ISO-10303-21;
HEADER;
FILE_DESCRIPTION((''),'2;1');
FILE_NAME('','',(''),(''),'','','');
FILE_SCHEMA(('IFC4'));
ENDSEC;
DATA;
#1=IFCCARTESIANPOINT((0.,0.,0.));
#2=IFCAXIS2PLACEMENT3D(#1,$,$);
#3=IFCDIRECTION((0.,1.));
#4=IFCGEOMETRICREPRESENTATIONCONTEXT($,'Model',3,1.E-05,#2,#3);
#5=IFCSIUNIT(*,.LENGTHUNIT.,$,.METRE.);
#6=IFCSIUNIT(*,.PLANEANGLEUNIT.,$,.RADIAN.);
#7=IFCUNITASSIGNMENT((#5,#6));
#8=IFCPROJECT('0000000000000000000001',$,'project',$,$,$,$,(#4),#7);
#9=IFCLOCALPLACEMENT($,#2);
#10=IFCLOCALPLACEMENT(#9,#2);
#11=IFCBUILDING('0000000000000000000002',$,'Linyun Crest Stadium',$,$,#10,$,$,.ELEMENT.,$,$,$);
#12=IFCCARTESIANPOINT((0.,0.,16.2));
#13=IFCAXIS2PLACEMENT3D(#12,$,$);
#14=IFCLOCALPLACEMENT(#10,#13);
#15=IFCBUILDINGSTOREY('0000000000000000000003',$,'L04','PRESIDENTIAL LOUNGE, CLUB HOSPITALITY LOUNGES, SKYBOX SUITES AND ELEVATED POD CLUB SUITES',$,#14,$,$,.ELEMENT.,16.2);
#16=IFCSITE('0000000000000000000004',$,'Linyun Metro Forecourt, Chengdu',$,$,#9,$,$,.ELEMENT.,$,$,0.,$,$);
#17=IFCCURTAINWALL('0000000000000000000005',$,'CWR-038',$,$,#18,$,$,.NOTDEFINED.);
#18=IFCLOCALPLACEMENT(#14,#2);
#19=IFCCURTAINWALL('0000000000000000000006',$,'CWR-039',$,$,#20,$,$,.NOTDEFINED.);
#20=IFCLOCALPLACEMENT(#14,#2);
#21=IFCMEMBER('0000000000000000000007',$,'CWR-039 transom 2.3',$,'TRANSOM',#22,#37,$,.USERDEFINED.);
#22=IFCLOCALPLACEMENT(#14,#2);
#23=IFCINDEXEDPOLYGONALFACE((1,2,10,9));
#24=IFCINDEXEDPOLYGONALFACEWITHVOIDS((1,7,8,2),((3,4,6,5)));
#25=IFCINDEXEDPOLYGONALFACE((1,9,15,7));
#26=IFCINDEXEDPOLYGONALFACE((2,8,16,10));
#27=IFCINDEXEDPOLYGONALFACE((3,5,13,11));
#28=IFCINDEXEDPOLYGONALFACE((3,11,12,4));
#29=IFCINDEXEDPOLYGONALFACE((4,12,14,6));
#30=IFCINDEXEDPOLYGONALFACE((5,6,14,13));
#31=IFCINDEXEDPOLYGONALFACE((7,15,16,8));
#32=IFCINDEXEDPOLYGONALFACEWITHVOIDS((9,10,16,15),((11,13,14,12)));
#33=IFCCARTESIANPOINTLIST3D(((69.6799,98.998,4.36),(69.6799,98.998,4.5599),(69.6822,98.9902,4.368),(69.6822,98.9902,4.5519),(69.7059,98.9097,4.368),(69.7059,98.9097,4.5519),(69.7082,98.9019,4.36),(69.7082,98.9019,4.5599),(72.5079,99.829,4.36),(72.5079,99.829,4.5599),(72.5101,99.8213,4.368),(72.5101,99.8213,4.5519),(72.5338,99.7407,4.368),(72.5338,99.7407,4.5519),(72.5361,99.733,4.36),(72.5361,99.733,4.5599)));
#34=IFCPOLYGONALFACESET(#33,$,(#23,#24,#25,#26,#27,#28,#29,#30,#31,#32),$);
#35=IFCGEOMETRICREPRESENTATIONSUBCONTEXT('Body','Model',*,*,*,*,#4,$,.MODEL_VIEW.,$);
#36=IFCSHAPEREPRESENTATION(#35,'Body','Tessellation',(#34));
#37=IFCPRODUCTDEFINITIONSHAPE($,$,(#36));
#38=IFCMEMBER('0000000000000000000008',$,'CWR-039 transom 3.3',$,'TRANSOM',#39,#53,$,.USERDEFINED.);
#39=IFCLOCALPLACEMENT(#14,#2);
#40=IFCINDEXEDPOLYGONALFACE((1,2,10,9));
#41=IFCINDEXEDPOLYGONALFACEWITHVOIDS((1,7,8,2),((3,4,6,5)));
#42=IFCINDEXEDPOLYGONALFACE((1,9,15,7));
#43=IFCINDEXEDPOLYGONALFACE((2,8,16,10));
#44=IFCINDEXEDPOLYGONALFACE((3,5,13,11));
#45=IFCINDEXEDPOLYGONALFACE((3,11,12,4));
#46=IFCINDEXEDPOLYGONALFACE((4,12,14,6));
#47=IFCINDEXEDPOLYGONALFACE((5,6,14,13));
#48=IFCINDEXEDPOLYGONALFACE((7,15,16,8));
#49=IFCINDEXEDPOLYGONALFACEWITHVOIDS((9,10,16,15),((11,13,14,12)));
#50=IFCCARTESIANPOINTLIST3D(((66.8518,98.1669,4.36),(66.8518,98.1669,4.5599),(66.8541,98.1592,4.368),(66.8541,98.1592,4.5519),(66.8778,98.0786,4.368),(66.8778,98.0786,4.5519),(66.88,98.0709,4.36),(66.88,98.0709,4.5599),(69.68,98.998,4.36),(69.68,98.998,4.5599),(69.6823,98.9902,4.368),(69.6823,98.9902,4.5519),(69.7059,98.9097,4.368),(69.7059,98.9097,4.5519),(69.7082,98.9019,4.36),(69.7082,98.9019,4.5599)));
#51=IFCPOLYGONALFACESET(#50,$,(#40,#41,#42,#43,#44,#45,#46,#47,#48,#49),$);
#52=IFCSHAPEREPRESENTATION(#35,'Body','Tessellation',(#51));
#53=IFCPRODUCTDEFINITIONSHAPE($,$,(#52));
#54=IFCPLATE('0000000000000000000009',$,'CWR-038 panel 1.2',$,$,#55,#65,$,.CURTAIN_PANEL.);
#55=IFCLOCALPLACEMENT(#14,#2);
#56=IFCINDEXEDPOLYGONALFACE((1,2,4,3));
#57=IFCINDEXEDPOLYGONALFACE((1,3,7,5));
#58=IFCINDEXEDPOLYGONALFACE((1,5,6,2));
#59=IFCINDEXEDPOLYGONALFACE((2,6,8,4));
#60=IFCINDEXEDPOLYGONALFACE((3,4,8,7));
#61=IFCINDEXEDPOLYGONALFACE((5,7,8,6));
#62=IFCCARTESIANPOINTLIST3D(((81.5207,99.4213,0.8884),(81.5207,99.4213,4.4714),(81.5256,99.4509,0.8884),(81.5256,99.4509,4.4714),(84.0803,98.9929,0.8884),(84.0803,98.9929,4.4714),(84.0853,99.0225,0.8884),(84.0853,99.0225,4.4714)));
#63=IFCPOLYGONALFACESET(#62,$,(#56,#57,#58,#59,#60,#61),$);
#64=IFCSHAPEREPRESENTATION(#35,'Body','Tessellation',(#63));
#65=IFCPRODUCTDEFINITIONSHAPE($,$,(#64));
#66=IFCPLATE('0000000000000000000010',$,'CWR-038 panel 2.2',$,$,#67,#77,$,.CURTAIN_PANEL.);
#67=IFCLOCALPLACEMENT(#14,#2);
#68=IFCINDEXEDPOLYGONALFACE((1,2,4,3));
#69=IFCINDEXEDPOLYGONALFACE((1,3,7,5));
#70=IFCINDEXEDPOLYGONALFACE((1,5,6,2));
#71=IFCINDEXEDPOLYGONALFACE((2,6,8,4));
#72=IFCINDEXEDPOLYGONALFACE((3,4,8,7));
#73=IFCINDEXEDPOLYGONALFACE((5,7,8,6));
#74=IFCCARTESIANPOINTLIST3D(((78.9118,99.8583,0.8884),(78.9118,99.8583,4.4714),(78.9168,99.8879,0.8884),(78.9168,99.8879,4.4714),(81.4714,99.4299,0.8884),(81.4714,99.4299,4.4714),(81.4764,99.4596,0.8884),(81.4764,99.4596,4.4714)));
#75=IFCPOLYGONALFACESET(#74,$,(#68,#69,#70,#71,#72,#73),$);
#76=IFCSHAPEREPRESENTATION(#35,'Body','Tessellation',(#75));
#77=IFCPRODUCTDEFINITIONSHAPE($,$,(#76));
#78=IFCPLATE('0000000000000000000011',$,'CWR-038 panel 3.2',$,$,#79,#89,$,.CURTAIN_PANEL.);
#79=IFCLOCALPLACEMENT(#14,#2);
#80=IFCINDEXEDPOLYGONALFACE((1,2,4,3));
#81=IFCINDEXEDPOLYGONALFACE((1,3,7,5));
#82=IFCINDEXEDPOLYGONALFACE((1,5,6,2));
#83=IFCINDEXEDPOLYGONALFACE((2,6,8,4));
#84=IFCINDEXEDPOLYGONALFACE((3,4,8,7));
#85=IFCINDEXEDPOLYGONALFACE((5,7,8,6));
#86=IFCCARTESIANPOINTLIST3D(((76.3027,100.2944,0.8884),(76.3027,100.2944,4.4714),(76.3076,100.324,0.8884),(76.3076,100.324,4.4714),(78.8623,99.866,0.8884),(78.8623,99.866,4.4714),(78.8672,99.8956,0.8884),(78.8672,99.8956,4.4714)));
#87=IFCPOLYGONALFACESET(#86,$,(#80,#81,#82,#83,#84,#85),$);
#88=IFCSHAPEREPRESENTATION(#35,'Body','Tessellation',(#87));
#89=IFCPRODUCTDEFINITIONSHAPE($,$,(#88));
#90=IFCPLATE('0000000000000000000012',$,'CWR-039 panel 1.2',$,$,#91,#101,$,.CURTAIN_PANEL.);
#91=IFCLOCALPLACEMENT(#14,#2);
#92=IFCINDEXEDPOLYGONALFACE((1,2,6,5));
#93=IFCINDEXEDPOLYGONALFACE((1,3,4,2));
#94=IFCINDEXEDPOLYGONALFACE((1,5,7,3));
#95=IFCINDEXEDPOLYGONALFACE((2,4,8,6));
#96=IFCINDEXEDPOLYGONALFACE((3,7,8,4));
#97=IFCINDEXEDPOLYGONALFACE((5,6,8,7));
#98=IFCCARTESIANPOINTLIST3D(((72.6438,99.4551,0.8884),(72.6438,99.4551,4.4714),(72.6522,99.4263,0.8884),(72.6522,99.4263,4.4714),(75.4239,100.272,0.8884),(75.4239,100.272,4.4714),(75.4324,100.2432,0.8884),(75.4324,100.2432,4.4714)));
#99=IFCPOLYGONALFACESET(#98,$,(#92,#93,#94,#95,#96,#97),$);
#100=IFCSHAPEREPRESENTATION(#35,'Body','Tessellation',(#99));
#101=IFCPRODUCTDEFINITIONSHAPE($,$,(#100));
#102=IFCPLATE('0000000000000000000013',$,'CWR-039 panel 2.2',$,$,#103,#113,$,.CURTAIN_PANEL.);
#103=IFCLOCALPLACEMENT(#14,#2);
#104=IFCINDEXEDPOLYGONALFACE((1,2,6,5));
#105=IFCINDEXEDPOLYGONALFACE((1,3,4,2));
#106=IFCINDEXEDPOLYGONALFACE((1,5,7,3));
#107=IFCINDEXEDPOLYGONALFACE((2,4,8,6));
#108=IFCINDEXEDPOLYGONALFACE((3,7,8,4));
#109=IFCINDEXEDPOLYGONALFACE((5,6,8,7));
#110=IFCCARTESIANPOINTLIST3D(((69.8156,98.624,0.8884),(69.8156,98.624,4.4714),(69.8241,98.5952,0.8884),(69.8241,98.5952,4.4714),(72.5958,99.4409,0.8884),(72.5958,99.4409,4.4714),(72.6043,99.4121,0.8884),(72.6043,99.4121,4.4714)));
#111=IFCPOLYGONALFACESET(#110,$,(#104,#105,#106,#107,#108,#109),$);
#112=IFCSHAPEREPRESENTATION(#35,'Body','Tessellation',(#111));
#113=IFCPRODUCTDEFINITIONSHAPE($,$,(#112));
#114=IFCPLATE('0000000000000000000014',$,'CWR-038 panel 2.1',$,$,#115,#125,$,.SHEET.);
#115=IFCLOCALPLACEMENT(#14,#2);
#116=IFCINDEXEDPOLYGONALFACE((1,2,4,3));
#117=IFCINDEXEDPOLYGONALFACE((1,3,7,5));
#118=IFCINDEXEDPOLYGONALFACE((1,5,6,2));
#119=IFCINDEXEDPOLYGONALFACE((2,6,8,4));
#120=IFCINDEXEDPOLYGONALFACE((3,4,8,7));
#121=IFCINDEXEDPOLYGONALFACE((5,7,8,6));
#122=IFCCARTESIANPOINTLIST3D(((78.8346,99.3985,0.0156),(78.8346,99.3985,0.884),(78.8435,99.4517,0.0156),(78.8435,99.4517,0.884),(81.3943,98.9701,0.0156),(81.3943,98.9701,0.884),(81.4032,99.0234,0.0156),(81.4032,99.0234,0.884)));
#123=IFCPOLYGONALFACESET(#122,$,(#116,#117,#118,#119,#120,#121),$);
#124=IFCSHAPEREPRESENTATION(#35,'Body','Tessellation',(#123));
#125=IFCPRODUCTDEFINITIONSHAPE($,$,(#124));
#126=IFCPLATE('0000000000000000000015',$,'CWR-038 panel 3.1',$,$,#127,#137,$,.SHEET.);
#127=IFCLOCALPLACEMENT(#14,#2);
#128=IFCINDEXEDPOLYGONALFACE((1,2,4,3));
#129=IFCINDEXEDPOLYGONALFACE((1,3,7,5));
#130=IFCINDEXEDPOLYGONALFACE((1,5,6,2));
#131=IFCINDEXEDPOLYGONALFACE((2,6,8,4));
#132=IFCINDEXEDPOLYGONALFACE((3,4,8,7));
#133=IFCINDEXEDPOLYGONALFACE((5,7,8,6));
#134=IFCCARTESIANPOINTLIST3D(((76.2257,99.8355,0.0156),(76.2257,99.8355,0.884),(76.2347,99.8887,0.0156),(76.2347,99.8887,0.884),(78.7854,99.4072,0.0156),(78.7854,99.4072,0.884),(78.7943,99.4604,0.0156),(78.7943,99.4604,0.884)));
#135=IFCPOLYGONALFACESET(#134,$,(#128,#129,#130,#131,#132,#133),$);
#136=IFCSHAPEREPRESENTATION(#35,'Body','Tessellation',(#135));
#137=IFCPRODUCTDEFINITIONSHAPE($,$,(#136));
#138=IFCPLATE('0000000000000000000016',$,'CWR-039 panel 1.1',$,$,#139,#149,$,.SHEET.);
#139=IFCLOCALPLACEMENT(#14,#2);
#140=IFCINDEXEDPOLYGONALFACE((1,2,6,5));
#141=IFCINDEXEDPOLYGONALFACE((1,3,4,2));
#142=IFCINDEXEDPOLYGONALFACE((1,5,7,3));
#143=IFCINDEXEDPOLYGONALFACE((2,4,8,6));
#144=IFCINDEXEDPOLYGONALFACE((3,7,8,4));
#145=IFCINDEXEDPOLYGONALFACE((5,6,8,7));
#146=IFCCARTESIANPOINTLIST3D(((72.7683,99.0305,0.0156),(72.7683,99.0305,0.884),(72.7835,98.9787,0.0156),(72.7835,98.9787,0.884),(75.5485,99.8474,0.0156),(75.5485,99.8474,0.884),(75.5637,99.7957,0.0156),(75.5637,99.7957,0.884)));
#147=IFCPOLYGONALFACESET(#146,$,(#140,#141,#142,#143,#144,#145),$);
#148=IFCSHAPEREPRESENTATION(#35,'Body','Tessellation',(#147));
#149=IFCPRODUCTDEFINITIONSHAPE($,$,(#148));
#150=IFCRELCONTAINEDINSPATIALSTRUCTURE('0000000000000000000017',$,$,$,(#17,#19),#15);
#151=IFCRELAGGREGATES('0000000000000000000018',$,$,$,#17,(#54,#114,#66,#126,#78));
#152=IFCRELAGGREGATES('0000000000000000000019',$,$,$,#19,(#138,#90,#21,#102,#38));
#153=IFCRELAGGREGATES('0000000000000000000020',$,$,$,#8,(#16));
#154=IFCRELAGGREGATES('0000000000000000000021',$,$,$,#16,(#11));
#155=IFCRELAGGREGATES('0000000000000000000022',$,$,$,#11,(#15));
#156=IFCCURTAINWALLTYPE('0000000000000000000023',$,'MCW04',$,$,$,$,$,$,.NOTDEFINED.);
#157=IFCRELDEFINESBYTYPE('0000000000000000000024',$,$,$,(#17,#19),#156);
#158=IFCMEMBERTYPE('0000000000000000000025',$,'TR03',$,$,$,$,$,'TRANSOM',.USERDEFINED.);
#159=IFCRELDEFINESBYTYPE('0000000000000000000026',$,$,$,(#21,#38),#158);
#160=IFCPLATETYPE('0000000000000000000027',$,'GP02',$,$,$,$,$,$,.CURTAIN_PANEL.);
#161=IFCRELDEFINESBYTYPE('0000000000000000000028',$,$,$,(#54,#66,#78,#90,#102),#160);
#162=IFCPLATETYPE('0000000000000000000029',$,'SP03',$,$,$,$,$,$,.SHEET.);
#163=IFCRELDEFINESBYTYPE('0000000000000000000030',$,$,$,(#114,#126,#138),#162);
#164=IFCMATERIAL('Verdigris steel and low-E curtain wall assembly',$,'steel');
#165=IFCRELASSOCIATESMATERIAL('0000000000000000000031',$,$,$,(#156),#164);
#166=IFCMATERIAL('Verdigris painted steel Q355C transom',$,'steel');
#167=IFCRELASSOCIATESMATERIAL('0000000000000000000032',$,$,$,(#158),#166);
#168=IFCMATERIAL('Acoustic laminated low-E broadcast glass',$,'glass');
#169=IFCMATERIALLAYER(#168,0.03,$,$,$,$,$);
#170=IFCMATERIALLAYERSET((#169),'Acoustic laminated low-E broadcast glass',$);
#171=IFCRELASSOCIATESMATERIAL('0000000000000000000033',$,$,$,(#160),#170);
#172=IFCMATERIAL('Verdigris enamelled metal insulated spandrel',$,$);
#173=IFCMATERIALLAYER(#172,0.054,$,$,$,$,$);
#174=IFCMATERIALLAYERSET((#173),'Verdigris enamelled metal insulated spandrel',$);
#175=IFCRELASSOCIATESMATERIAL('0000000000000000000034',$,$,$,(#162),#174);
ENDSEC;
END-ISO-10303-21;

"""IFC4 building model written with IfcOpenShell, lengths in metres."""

from ifc_helpers import new_model, si_unit, direction, frame, origin, origin_2d, place, context, subcontext, project, spatial, rectangle, hollow_rectangle, extrude, material, layer, layer_set, material_profile, profile_set, type_object, element, aggregate, save


model = new_model("IFC4")

# Units and contexts
model_context = context("Model", 3, precision=1e-05, world=origin(), true_north=direction((0.0, 1.0)))
body_context = subcontext(model_context, "Body", "Model", "MODEL_VIEW")
ifc_project = project(units=[si_unit("LENGTHUNIT", "METRE"), si_unit("PLANEANGLEUNIT", "RADIAN")], contexts=[model_context])

# Site, building, storey
site_placement = place(None, origin())
site = spatial("IfcSite", under=ifc_project, at=site_placement, Name="Linyun Metro Forecourt, Chengdu", CompositionType="ELEMENT", RefElevation=0.0)
building_placement = place(site_placement, origin())
building = spatial("IfcBuilding", under=site, at=building_placement, Name="Linyun Crest Stadium", CompositionType="ELEMENT")
storey_placement = place(building_placement, frame((0.0, 0.0, 16.2)))
storey = spatial("IfcBuildingStorey", under=building, at=storey_placement, Name="L04", Description="PRESIDENTIAL LOUNGE, CLUB HOSPITALITY LOUNGES, SKYBOX SUITES AND ELEVATED POD CLUB SUITES", CompositionType="ELEMENT", Elevation=16.2)

# Curtain walls
ifc_material_1 = material(Name="Verdigris steel and low-E curtain wall assembly", Category="steel")
curtain_wall_type = type_object("IfcCurtainWallType", Name="MCW04", PredefinedType="NOTDEFINED", material=ifc_material_1)
curtain_wall_1_placement = place(storey_placement, origin())
curtain_wall_1 = element("IfcCurtainWall", 1, at=curtain_wall_1_placement, inside=storey, type_object=curtain_wall_type, Name="CWR-038", PredefinedType="NOTDEFINED")
curtain_wall_2_placement = place(storey_placement, origin())
curtain_wall_2 = element("IfcCurtainWall", 2, at=curtain_wall_2_placement, inside=storey, type_object=curtain_wall_type, Name="CWR-039", PredefinedType="NOTDEFINED")

# Members
ifc_material_2 = material(Name="Verdigris painted steel Q355C transom", Category="steel")
ifc_material_profile_1 = material_profile(ifc_material_2, hollow_rectangle(XDim=0.1001, YDim=0.2, WallThickness=0.0081, at=origin_2d()), Name="RHS 200x100x8")
ifc_profile_set_1 = profile_set([ifc_material_profile_1], Name="Verdigris painted steel Q355C transom")
member_type_1 = type_object("IfcMemberType", Name="TR03", ElementType="TRANSOM", PredefinedType="USERDEFINED", material=ifc_profile_set_1)
member_1_placement = place(storey_placement, frame((72.522, 99.781, 4.46), z_axis=(-0.959427, -0.281956, 0.0), x_axis=(0.281956, -0.959427, 0.0)))
member_1 = element("IfcMember", 3, at=member_1_placement, type_object=member_type_1, Name="CWR-039 transom 2.3", ObjectType="TRANSOM", PredefinedType="USERDEFINED", context=body_context, shape_type="SweptSolid", body=[
    extrude(hollow_rectangle(XDim=0.1001, YDim=0.2, WallThickness=0.0081, at=origin_2d()), origin(), (0.0, 0.0, 1.0), 2.9475),
])
member_2_placement = place(storey_placement, frame((69.6941, 98.95, 4.46), z_axis=(-0.959434, -0.281933, 0.0), x_axis=(0.281933, -0.959434, 0.0)))
member_2 = element("IfcMember", 4, at=member_2_placement, type_object=member_type_1, Name="CWR-039 transom 3.3", ObjectType="TRANSOM", PredefinedType="USERDEFINED", context=body_context, shape_type="SweptSolid", body=[
    extrude(hollow_rectangle(XDim=0.1001, YDim=0.2, WallThickness=0.0081, at=origin_2d()), origin(), (0.0, 0.0, 1.0), 2.9478),
])

# Plates
ifc_material_3 = material(Name="Acoustic laminated low-E broadcast glass", Category="glass")
ifc_layer_1 = layer(ifc_material_3, 0.03)
ifc_layer_set_1 = layer_set([ifc_layer_1], Name="Acoustic laminated low-E broadcast glass")
plate_type_1 = type_object("IfcPlateType", Name="GP02", PredefinedType="CURTAIN_PANEL", material=ifc_layer_set_1)
plate_1_placement = place(storey_placement, frame((82.803, 99.2219, 0.8884), z_axis=(0.0, 0.0, 1.0), x_axis=(-0.986283, 0.165065, 0.0)))
plate_1 = element("IfcPlate", 5, at=plate_1_placement, type_object=plate_type_1, Name="CWR-038 panel 1.2", PredefinedType="CURTAIN_PANEL", context=body_context, shape_type="SweptSolid", body=[
    extrude(rectangle(XDim=2.5952, YDim=0.03, at=origin_2d()), origin(), (0.0, 0.0, 1.0), 3.583),
])
plate_2_placement = place(storey_placement, frame((80.1941, 99.6589, 0.8884), z_axis=(0.0, 0.0, 1.0), x_axis=(-0.986283, 0.165065, 0.0)))
plate_2 = element("IfcPlate", 6, at=plate_2_placement, type_object=plate_type_1, Name="CWR-038 panel 2.2", PredefinedType="CURTAIN_PANEL", context=body_context, shape_type="SweptSolid", body=[
    extrude(rectangle(XDim=2.5952, YDim=0.03, at=origin_2d()), origin(), (0.0, 0.0, 1.0), 3.583),
])
plate_3_placement = place(storey_placement, frame((77.585, 100.095, 0.8884), z_axis=(0.0, 0.0, 1.0), x_axis=(-0.986283, 0.165065, 0.0)))
plate_3 = element("IfcPlate", 7, at=plate_3_placement, type_object=plate_type_1, Name="CWR-038 panel 3.2", PredefinedType="CURTAIN_PANEL", context=body_context, shape_type="SweptSolid", body=[
    extrude(rectangle(XDim=2.5952, YDim=0.03, at=origin_2d()), origin(), (0.0, 0.0, 1.0), 3.583),
])
plate_4_placement = place(storey_placement, frame((74.0381, 99.8491, 0.8884), z_axis=(0.0, 0.0, 1.0), x_axis=(-0.959437, -0.281923, 0.0)))
plate_4 = element("IfcPlate", 8, at=plate_4_placement, type_object=plate_type_1, Name="CWR-039 panel 1.2", PredefinedType="CURTAIN_PANEL", context=body_context, shape_type="SweptSolid", body=[
    extrude(rectangle(XDim=2.8977, YDim=0.03, at=origin_2d()), origin(), (0.0, 0.0, 1.0), 3.583),
])
plate_5_placement = place(storey_placement, frame((71.21, 99.0181, 0.8884), z_axis=(0.0, 0.0, 1.0), x_axis=(-0.959437, -0.281923, 0.0)))
plate_5 = element("IfcPlate", 9, at=plate_5_placement, type_object=plate_type_1, Name="CWR-039 panel 2.2", PredefinedType="CURTAIN_PANEL", context=body_context, shape_type="SweptSolid", body=[
    extrude(rectangle(XDim=2.8977, YDim=0.03, at=origin_2d()), origin(), (0.0, 0.0, 1.0), 3.583),
])
ifc_material_4 = material(Name="Verdigris enamelled metal insulated spandrel")
ifc_layer_2 = layer(ifc_material_4, 0.054)
ifc_layer_set_2 = layer_set([ifc_layer_2], Name="Verdigris enamelled metal insulated spandrel")
plate_type_2 = type_object("IfcPlateType", Name="SP03", PredefinedType="SHEET", material=ifc_layer_set_2)
plate_6_placement = place(storey_placement, frame((80.1189, 99.2109, 0.0156), z_axis=(0.0, 0.0, 1.0), x_axis=(-0.986283, 0.165065, 0.0)))
plate_6 = element("IfcPlate", 10, at=plate_6_placement, type_object=plate_type_2, Name="CWR-038 panel 2.1", PredefinedType="SHEET", context=body_context, shape_type="SweptSolid", body=[
    extrude(rectangle(XDim=2.5952, YDim=0.054, at=origin_2d()), origin(), (0.0, 0.0, 1.0), 0.8684),
])
plate_7_placement = place(storey_placement, frame((77.51, 99.6479, 0.0156), z_axis=(0.0, 0.0, 1.0), x_axis=(-0.986283, 0.165065, 0.0)))
plate_7 = element("IfcPlate", 11, at=plate_7_placement, type_object=plate_type_2, Name="CWR-038 panel 3.1", PredefinedType="SHEET", context=body_context, shape_type="SweptSolid", body=[
    extrude(rectangle(XDim=2.5952, YDim=0.054, at=origin_2d()), origin(), (0.0, 0.0, 1.0), 0.8684),
])
aggregate(curtain_wall_1, [plate_1, plate_6, plate_2, plate_7, plate_3])
plate_8_placement = place(storey_placement, frame((74.166, 99.4131, 0.0156), z_axis=(0.0, 0.0, 1.0), x_axis=(-0.959437, -0.281923, 0.0)))
plate_8 = element("IfcPlate", 12, at=plate_8_placement, type_object=plate_type_2, Name="CWR-039 panel 1.1", PredefinedType="SHEET", context=body_context, shape_type="SweptSolid", body=[
    extrude(rectangle(XDim=2.8977, YDim=0.054, at=origin_2d()), origin(), (0.0, 0.0, 1.0), 0.8684),
])
aggregate(curtain_wall_2, [plate_8, plate_4, member_1, plate_5, member_2])

save(model, "model.ifc")
